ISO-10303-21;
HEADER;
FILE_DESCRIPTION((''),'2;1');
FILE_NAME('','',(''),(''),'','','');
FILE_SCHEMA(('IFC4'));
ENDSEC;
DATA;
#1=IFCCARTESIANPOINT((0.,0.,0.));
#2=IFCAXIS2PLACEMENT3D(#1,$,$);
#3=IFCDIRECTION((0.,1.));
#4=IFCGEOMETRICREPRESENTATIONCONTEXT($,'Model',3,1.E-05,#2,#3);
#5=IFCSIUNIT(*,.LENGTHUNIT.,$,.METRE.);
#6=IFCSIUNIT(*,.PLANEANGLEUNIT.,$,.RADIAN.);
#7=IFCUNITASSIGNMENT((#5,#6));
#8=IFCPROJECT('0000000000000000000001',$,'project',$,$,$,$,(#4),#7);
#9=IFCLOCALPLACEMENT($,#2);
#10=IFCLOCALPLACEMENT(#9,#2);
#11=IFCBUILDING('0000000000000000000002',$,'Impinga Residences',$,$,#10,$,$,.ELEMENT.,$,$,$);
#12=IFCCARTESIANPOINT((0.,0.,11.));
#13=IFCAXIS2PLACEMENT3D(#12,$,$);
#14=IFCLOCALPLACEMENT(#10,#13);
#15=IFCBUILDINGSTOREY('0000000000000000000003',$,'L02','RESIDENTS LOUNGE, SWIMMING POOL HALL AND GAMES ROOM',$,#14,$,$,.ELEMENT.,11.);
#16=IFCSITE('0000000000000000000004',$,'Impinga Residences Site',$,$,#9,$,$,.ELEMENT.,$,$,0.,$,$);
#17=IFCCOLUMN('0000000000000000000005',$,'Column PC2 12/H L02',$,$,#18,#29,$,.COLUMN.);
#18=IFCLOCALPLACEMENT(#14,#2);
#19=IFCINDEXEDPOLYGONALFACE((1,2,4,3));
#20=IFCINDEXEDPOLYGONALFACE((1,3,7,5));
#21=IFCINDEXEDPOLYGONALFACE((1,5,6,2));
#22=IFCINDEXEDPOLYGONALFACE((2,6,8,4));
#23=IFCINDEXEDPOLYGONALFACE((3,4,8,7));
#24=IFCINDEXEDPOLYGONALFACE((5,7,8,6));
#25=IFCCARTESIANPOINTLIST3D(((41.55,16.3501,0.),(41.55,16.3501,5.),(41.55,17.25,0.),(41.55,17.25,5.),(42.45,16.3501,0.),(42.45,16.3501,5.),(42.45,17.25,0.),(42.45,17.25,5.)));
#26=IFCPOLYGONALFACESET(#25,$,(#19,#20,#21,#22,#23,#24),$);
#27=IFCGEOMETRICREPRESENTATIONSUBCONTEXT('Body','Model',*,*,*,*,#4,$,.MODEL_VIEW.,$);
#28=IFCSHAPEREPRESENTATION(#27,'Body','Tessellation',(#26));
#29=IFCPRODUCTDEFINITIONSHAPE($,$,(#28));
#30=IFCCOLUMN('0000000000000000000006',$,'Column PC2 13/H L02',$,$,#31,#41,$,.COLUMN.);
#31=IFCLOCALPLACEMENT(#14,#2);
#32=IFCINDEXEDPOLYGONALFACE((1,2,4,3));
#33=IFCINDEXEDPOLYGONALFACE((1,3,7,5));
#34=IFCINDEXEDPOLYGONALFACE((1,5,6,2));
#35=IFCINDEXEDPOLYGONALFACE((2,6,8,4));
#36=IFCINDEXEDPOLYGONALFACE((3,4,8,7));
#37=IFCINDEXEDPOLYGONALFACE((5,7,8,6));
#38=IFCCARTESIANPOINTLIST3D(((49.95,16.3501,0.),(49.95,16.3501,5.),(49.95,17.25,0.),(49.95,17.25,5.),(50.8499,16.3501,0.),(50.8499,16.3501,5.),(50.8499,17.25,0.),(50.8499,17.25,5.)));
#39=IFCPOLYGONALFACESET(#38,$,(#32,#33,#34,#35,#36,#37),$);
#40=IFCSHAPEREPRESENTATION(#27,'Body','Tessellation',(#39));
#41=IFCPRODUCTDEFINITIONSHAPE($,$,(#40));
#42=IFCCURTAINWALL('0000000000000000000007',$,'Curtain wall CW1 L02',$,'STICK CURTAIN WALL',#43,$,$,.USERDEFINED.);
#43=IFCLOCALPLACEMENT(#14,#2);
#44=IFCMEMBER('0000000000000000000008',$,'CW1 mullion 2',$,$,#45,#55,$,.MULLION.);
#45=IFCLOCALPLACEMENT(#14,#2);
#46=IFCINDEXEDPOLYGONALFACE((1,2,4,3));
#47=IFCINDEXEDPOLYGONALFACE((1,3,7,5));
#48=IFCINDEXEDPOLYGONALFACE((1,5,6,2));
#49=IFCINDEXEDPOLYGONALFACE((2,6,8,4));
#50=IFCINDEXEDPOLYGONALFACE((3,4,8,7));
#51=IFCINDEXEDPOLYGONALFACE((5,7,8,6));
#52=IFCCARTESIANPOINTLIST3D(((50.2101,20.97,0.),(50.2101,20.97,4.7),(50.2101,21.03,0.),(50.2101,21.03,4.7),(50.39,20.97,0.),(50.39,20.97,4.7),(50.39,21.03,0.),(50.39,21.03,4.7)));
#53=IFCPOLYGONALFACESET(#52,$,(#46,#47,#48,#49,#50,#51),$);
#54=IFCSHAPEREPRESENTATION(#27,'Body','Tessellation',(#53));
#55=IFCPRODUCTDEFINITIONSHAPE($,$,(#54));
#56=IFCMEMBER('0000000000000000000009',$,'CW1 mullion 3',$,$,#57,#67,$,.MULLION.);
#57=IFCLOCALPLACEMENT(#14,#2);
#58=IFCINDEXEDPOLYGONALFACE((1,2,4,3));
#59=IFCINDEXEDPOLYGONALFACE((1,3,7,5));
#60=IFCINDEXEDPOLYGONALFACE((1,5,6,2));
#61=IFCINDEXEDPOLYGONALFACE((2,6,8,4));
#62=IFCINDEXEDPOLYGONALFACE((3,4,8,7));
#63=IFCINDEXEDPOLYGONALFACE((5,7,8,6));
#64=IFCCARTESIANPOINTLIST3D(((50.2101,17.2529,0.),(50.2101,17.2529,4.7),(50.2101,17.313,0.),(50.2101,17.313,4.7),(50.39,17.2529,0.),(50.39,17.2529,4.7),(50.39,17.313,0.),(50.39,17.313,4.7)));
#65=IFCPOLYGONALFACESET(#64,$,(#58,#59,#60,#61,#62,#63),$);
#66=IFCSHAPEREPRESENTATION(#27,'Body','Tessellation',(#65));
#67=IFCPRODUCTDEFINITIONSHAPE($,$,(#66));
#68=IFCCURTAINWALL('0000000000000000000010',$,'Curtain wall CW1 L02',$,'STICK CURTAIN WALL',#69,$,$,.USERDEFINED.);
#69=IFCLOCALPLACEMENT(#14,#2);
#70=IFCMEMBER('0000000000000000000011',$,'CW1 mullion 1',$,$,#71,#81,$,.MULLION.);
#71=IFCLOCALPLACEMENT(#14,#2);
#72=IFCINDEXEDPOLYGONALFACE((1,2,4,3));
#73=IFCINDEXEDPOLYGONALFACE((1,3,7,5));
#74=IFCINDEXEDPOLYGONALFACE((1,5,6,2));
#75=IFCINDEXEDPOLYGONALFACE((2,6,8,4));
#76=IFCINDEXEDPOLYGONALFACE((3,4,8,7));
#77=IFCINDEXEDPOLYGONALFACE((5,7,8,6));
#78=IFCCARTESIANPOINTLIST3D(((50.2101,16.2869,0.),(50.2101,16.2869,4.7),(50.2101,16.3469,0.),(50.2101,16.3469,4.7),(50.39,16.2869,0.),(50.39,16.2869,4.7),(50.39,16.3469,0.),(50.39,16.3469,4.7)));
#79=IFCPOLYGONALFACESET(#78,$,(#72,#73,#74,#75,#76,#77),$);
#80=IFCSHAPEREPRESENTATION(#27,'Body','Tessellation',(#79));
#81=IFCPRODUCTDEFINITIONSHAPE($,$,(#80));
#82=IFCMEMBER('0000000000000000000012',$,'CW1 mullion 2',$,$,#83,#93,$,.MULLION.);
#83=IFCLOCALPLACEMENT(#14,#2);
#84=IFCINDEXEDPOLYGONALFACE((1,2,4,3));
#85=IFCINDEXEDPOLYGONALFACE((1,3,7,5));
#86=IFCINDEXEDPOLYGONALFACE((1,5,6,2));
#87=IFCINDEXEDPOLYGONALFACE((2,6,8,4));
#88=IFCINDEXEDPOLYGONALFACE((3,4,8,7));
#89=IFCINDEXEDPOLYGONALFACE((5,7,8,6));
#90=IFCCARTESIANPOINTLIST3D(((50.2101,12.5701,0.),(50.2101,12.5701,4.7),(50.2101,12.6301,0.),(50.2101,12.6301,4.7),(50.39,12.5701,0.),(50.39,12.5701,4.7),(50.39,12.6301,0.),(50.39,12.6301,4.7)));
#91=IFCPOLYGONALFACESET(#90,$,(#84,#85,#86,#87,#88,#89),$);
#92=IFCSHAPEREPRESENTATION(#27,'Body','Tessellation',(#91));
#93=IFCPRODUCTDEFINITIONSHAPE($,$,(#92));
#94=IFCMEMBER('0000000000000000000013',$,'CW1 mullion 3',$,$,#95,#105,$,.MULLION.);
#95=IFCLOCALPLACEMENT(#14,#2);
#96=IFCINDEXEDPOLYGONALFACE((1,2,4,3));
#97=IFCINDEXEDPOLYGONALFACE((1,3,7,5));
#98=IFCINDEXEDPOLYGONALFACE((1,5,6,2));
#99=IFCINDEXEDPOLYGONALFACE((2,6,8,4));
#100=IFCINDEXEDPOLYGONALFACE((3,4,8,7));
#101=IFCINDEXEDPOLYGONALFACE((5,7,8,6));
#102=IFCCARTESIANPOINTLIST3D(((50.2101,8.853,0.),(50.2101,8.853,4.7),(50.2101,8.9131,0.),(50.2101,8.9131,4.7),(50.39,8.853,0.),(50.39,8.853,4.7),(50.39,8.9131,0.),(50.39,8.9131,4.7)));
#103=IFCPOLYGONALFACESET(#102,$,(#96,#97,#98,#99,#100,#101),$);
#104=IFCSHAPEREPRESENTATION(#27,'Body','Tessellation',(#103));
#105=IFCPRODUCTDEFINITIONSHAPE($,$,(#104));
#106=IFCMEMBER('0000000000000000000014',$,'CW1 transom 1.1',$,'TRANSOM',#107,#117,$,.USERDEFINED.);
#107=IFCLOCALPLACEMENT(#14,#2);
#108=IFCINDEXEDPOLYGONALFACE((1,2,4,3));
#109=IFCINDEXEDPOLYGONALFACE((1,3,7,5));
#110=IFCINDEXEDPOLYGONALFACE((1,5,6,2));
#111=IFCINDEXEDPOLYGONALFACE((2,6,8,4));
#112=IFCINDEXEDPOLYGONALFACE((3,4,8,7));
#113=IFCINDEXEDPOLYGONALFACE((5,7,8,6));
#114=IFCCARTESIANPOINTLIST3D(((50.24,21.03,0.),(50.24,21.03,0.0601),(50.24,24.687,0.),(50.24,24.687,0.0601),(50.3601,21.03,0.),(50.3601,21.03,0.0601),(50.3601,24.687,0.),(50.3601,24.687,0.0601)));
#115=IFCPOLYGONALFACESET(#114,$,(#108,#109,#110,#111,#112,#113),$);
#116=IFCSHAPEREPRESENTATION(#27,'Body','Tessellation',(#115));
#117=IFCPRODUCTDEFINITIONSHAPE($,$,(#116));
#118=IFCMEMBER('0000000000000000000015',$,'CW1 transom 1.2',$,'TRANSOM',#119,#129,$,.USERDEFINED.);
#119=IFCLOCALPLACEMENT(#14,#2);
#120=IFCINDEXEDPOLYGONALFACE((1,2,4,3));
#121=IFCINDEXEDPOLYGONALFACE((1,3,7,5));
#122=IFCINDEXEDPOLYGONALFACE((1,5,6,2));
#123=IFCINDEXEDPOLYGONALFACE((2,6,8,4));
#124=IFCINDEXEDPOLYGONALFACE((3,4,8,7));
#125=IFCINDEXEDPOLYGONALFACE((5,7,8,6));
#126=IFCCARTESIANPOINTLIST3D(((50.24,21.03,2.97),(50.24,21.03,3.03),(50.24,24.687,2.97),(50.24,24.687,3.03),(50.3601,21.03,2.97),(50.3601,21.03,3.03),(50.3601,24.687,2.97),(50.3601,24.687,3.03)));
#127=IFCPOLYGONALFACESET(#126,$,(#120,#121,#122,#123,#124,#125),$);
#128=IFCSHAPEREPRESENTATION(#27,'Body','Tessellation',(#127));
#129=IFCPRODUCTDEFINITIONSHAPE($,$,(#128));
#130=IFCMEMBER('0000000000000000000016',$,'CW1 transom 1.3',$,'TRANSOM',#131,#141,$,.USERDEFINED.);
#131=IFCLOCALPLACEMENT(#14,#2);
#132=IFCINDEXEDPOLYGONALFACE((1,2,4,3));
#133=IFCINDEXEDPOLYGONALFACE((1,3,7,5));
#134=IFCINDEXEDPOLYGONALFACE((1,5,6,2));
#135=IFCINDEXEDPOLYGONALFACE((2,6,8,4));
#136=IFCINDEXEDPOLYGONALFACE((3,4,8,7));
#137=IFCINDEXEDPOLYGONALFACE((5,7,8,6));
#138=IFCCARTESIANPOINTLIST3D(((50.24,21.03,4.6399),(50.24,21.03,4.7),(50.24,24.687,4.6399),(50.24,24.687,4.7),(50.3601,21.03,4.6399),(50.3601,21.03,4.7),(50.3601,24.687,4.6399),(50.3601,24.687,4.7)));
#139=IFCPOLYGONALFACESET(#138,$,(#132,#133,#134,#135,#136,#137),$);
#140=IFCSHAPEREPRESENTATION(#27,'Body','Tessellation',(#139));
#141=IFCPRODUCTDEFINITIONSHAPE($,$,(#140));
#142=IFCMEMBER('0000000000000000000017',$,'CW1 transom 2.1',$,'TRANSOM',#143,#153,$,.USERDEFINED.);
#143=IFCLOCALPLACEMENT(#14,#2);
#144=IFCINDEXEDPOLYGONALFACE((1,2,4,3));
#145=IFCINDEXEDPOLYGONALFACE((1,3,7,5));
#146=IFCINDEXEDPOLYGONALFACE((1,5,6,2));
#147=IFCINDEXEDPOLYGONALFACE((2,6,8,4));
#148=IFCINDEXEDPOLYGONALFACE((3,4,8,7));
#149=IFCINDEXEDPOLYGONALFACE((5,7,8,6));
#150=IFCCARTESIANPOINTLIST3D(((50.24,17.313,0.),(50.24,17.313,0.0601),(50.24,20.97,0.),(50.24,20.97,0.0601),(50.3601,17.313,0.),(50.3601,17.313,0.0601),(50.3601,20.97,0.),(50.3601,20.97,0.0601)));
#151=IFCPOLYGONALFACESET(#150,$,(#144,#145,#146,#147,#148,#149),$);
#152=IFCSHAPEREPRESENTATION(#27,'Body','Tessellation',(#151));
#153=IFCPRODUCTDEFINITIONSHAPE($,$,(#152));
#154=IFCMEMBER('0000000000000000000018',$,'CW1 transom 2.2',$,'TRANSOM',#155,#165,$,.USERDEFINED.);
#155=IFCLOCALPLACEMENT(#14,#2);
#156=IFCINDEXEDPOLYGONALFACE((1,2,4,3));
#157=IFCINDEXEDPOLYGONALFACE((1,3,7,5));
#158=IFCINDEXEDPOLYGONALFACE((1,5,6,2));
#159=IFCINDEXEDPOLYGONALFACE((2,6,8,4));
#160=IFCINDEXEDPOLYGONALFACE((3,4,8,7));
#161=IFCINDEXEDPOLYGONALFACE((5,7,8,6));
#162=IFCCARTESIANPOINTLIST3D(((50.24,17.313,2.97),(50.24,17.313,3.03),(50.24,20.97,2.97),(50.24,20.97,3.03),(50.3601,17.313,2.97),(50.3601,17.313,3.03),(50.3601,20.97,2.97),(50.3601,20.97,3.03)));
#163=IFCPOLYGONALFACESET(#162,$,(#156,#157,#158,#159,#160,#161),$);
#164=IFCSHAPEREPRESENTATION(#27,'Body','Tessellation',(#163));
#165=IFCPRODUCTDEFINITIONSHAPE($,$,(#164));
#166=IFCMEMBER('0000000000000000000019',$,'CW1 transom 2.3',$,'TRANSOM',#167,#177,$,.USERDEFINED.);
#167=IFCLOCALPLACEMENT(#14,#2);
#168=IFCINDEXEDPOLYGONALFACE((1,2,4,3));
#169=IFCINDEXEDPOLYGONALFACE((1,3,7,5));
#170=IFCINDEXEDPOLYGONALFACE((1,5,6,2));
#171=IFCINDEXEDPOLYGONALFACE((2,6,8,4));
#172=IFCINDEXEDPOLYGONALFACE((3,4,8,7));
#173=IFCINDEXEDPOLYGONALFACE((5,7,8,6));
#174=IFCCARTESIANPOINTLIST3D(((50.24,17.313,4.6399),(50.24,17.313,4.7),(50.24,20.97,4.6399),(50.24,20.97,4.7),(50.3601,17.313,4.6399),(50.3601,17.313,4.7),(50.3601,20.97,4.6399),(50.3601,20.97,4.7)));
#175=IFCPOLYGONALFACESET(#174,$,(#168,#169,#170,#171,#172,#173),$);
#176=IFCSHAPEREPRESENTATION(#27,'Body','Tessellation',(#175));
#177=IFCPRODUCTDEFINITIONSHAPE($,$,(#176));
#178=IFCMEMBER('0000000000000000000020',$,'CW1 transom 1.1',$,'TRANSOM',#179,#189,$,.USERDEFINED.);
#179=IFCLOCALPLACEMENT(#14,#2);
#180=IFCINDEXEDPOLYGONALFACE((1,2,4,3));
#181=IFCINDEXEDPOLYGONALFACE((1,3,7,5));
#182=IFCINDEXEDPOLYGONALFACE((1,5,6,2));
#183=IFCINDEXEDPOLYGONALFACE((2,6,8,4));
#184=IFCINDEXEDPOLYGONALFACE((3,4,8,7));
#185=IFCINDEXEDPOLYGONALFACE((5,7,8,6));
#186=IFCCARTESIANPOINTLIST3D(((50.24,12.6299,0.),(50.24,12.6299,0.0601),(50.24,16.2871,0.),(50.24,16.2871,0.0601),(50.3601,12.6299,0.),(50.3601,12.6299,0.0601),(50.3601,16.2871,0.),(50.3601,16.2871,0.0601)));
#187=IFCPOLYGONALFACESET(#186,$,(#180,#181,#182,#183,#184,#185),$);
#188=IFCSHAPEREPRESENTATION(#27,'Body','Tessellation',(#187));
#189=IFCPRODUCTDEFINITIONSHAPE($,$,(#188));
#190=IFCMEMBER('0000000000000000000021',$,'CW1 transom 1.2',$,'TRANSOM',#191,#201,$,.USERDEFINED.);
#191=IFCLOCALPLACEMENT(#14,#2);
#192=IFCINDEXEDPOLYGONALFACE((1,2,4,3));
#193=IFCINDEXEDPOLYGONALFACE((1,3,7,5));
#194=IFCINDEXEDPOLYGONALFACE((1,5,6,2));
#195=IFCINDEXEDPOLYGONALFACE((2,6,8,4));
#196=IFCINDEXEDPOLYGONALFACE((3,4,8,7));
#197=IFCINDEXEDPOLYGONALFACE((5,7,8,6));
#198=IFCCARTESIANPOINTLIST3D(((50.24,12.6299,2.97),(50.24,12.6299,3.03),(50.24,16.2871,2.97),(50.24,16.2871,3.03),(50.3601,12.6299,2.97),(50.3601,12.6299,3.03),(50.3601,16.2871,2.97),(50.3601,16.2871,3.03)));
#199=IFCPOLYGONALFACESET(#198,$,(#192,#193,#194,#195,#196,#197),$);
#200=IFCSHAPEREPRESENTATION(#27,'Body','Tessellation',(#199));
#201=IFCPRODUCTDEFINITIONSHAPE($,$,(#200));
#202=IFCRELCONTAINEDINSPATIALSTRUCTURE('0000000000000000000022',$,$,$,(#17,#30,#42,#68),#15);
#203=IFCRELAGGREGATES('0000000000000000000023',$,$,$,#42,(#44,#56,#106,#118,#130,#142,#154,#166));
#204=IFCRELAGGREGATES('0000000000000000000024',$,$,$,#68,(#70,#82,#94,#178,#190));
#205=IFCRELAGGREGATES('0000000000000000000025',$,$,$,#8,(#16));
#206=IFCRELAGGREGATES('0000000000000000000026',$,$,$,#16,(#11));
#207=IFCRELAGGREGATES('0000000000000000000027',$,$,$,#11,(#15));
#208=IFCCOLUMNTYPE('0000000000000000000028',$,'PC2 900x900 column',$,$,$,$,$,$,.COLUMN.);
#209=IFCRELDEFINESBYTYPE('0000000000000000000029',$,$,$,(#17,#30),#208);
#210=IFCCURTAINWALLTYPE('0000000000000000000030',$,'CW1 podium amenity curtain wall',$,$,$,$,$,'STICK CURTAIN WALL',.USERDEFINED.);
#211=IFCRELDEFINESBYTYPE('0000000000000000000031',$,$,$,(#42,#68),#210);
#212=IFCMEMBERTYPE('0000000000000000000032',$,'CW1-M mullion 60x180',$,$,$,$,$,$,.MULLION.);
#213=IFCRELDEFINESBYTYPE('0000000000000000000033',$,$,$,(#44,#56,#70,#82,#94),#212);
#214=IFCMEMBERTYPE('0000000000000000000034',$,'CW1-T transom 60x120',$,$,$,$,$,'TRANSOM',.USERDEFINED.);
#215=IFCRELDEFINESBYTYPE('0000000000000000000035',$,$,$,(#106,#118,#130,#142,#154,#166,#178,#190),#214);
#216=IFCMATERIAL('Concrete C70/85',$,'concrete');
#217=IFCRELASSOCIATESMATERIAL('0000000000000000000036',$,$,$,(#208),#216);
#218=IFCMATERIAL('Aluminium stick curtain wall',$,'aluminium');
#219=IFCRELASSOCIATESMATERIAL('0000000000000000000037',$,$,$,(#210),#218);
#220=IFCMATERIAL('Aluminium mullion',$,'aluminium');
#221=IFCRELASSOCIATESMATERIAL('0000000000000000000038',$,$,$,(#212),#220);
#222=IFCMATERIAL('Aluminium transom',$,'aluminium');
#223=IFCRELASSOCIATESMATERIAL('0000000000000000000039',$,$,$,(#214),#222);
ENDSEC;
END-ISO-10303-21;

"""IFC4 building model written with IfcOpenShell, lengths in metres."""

from ifc_helpers import new_model, si_unit, direction, frame, origin, origin_2d, place, context, subcontext, project, spatial, rectangle, extrude, material, material_profile, profile_set, type_object, element, aggregate, save


model = new_model("IFC4")

# Units and contexts
model_context = context("Model", 3, precision=1e-05, world=origin(), true_north=direction((0.0, 1.0)))
body_context = subcontext(model_context, "Body", "Model", "MODEL_VIEW")
ifc_project = project(units=[si_unit("LENGTHUNIT", "METRE"), si_unit("PLANEANGLEUNIT", "RADIAN")], contexts=[model_context])

# Site, building, storey
site_placement = place(None, origin())
site = spatial("IfcSite", under=ifc_project, at=site_placement, Name="Impinga Residences Site", CompositionType="ELEMENT", RefElevation=0.0)
building_placement = place(site_placement, origin())
building = spatial("IfcBuilding", under=site, at=building_placement, Name="Impinga Residences", CompositionType="ELEMENT")
storey_placement = place(building_placement, frame((0.0, 0.0, 11.0)))
storey = spatial("IfcBuildingStorey", under=building, at=storey_placement, Name="L02", Description="RESIDENTS LOUNGE, SWIMMING POOL HALL AND GAMES ROOM", CompositionType="ELEMENT", Elevation=11.0)

# Columns
ifc_material_1 = material(Name="Concrete C70/85", Category="concrete")
ifc_material_profile_1 = material_profile(ifc_material_1, rectangle(XDim=0.8999, YDim=0.8999, at=origin_2d()), Name="RC 900x900")
ifc_profile_set_1 = profile_set([ifc_material_profile_1], Name="Concrete C70/85")
column_type = type_object("IfcColumnType", Name="PC2 900x900 column", PredefinedType="COLUMN", material=ifc_profile_set_1)
for number, where, z_axis, x_axis, name in (
    (1, (42.0, 16.8, 0.0), (0.0, 0.0, 1.0), (1.0, 0.0, 0.0), "Column PC2 12/H L02"),
    (2, (50.3999, 16.8, 0.0), (0.0, 0.0, 1.0), (1.0, 0.0, 0.0), "Column PC2 13/H L02"),
):
    element("IfcColumn", number, at=place(storey_placement, frame(where, z_axis=z_axis, x_axis=x_axis)), inside=storey, type_object=column_type, Name=name, PredefinedType="COLUMN", context=body_context, shape_type="SweptSolid", body=[
        extrude(rectangle(XDim=0.8999, YDim=0.8999, at=origin_2d()), origin(), (0.0, 0.0, 1.0), 5.0),
    ])

# Curtain walls, members
ifc_material_2 = material(Name="Aluminium stick curtain wall", Category="aluminium")
curtain_wall_type = type_object("IfcCurtainWallType", Name="CW1 podium amenity curtain wall", ElementType="STICK CURTAIN WALL", PredefinedType="USERDEFINED", material=ifc_material_2)
curtain_wall_1_placement = place(storey_placement, origin())
curtain_wall_1 = element("IfcCurtainWall", 3, at=curtain_wall_1_placement, inside=storey, type_object=curtain_wall_type, Name="Curtain wall CW1 L02", ObjectType="STICK CURTAIN WALL", PredefinedType="USERDEFINED")
ifc_material_3 = material(Name="Aluminium mullion", Category="aluminium")
ifc_material_profile_2 = material_profile(ifc_material_3, rectangle(XDim=0.0601, YDim=0.1799, at=origin_2d()), Name="60x180 mullion")
ifc_profile_set_2 = profile_set([ifc_material_profile_2], Name="Aluminium mullion")
member_type_1 = type_object("IfcMemberType", Name="CW1-M mullion 60x180", PredefinedType="MULLION", material=ifc_profile_set_2)
member_1_placement = place(storey_placement, frame((50.3, 21.0, 0.0), z_axis=(0.0, 0.0, 1.0), x_axis=(0.0, -1.0, 0.0)))
member_1 = element("IfcMember", 4, at=member_1_placement, type_object=member_type_1, Name="CW1 mullion 2", PredefinedType="MULLION", context=body_context, shape_type="SweptSolid", body=[
    extrude(rectangle(XDim=0.0601, YDim=0.1799, at=origin_2d()), origin(), (0.0, 0.0, 1.0), 4.7),
])
member_2_placement = place(storey_placement, frame((50.3, 17.283, 0.0), z_axis=(0.0, 0.0, 1.0), x_axis=(0.0, -1.0, 0.0)))
member_2 = element("IfcMember", 5, at=member_2_placement, type_object=member_type_1, Name="CW1 mullion 3", PredefinedType="MULLION", context=body_context, shape_type="SweptSolid", body=[
    extrude(rectangle(XDim=0.0601, YDim=0.1799, at=origin_2d()), origin(), (0.0, 0.0, 1.0), 4.7),
])
curtain_wall_2_placement = place(storey_placement, origin())
curtain_wall_2 = element("IfcCurtainWall", 6, at=curtain_wall_2_placement, inside=storey, type_object=curtain_wall_type, Name="Curtain wall CW1 L02", ObjectType="STICK CURTAIN WALL", PredefinedType="USERDEFINED")
member_3_placement = place(storey_placement, frame((50.3, 16.3169, 0.0), z_axis=(0.0, 0.0, 1.0), x_axis=(0.0, -1.0, 0.0)))
member_3 = element("IfcMember", 7, at=member_3_placement, type_object=member_type_1, Name="CW1 mullion 1", PredefinedType="MULLION", context=body_context, shape_type="SweptSolid", body=[
    extrude(rectangle(XDim=0.0601, YDim=0.1799, at=origin_2d()), origin(), (0.0, 0.0, 1.0), 4.7),
])
member_4_placement = place(storey_placement, frame((50.3, 12.6001, 0.0), z_axis=(0.0, 0.0, 1.0), x_axis=(0.0, -1.0, 0.0)))
member_4 = element("IfcMember", 8, at=member_4_placement, type_object=member_type_1, Name="CW1 mullion 2", PredefinedType="MULLION", context=body_context, shape_type="SweptSolid", body=[
    extrude(rectangle(XDim=0.0601, YDim=0.1799, at=origin_2d()), origin(), (0.0, 0.0, 1.0), 4.7),
])
member_5_placement = place(storey_placement, frame((50.3, 8.8831, 0.0), z_axis=(0.0, 0.0, 1.0), x_axis=(0.0, -1.0, 0.0)))
member_5 = element("IfcMember", 9, at=member_5_placement, type_object=member_type_1, Name="CW1 mullion 3", PredefinedType="MULLION", context=body_context, shape_type="SweptSolid", body=[
    extrude(rectangle(XDim=0.0601, YDim=0.1799, at=origin_2d()), origin(), (0.0, 0.0, 1.0), 4.7),
])

# Members
ifc_material_4 = material(Name="Aluminium transom", Category="aluminium")
ifc_material_profile_3 = material_profile(ifc_material_4, rectangle(XDim=0.0601, YDim=0.1201, at=origin_2d()), Name="60x120 transom")
ifc_profile_set_3 = profile_set([ifc_material_profile_3], Name="Aluminium transom")
member_type_2 = type_object("IfcMemberType", Name="CW1-T transom 60x120", ElementType="TRANSOM", PredefinedType="USERDEFINED", material=ifc_profile_set_3)
member_6_placement = place(storey_placement, frame((50.3, 24.687, 0.03), z_axis=(0.0, -1.0, 0.0), x_axis=(0.0, 0.0, 1.0)))
member_6 = element("IfcMember", 10, at=member_6_placement, type_object=member_type_2, Name="CW1 transom 1.1", ObjectType="TRANSOM", PredefinedType="USERDEFINED", context=body_context, shape_type="SweptSolid", body=[
    extrude(rectangle(XDim=0.0601, YDim=0.1201, at=origin_2d()), origin(), (0.0, 0.0, 1.0), 3.657),
])
member_7_placement = place(storey_placement, frame((50.3, 24.687, 3.0), z_axis=(0.0, -1.0, 0.0), x_axis=(0.0, 0.0, 1.0)))
member_7 = element("IfcMember", 11, at=member_7_placement, type_object=member_type_2, Name="CW1 transom 1.2", ObjectType="TRANSOM", PredefinedType="USERDEFINED", context=body_context, shape_type="SweptSolid", body=[
    extrude(rectangle(XDim=0.0601, YDim=0.1201, at=origin_2d()), origin(), (0.0, 0.0, 1.0), 3.657),
])
member_8_placement = place(storey_placement, frame((50.3, 24.687, 4.6699), z_axis=(0.0, -1.0, 0.0), x_axis=(0.0, 0.0, 1.0)))
member_8 = element("IfcMember", 12, at=member_8_placement, type_object=member_type_2, Name="CW1 transom 1.3", ObjectType="TRANSOM", PredefinedType="USERDEFINED", context=body_context, shape_type="SweptSolid", body=[
    extrude(rectangle(XDim=0.0601, YDim=0.1201, at=origin_2d()), origin(), (0.0, 0.0, 1.0), 3.657),
])
member_9_placement = place(storey_placement, frame((50.3, 20.97, 0.03), z_axis=(0.0, -1.0, 0.0), x_axis=(0.0, 0.0, 1.0)))
member_9 = element("IfcMember", 13, at=member_9_placement, type_object=member_type_2, Name="CW1 transom 2.1", ObjectType="TRANSOM", PredefinedType="USERDEFINED", context=body_context, shape_type="SweptSolid", body=[
    extrude(rectangle(XDim=0.0601, YDim=0.1201, at=origin_2d()), origin(), (0.0, 0.0, 1.0), 3.657),
])
member_10_placement = place(storey_placement, frame((50.3, 20.97, 3.0), z_axis=(0.0, -1.0, 0.0), x_axis=(0.0, 0.0, 1.0)))
member_10 = element("IfcMember", 14, at=member_10_placement, type_object=member_type_2, Name="CW1 transom 2.2", ObjectType="TRANSOM", PredefinedType="USERDEFINED", context=body_context, shape_type="SweptSolid", body=[
    extrude(rectangle(XDim=0.0601, YDim=0.1201, at=origin_2d()), origin(), (0.0, 0.0, 1.0), 3.657),
])
member_11_placement = place(storey_placement, frame((50.3, 20.97, 4.6699), z_axis=(0.0, -1.0, 0.0), x_axis=(0.0, 0.0, 1.0)))
member_11 = element("IfcMember", 15, at=member_11_placement, type_object=member_type_2, Name="CW1 transom 2.3", ObjectType="TRANSOM", PredefinedType="USERDEFINED", context=body_context, shape_type="SweptSolid", body=[
    extrude(rectangle(XDim=0.0601, YDim=0.1201, at=origin_2d()), origin(), (0.0, 0.0, 1.0), 3.657),
])
member_12_placement = place(storey_placement, frame((50.3, 16.2871, 0.03), z_axis=(0.0, -1.0, 0.0), x_axis=(0.0, 0.0, 1.0)))
member_12 = element("IfcMember", 16, at=member_12_placement, type_object=member_type_2, Name="CW1 transom 1.1", ObjectType="TRANSOM", PredefinedType="USERDEFINED", context=body_context, shape_type="SweptSolid", body=[
    extrude(rectangle(XDim=0.0601, YDim=0.1201, at=origin_2d()), origin(), (0.0, 0.0, 1.0), 3.6572),
])
member_13_placement = place(storey_placement, frame((50.3, 16.2871, 3.0), z_axis=(0.0, -1.0, 0.0), x_axis=(0.0, 0.0, 1.0)))
member_13 = element("IfcMember", 17, at=member_13_placement, type_object=member_type_2, Name="CW1 transom 1.2", ObjectType="TRANSOM", PredefinedType="USERDEFINED", context=body_context, shape_type="SweptSolid", body=[
    extrude(rectangle(XDim=0.0601, YDim=0.1201, at=origin_2d()), origin(), (0.0, 0.0, 1.0), 3.6572),
])

aggregate(curtain_wall_1, [member_1, member_2, member_6, member_7, member_8, member_9, member_10, member_11])
aggregate(curtain_wall_2, [member_3, member_4, member_5, member_12, member_13])

save(model, "model.ifc")
